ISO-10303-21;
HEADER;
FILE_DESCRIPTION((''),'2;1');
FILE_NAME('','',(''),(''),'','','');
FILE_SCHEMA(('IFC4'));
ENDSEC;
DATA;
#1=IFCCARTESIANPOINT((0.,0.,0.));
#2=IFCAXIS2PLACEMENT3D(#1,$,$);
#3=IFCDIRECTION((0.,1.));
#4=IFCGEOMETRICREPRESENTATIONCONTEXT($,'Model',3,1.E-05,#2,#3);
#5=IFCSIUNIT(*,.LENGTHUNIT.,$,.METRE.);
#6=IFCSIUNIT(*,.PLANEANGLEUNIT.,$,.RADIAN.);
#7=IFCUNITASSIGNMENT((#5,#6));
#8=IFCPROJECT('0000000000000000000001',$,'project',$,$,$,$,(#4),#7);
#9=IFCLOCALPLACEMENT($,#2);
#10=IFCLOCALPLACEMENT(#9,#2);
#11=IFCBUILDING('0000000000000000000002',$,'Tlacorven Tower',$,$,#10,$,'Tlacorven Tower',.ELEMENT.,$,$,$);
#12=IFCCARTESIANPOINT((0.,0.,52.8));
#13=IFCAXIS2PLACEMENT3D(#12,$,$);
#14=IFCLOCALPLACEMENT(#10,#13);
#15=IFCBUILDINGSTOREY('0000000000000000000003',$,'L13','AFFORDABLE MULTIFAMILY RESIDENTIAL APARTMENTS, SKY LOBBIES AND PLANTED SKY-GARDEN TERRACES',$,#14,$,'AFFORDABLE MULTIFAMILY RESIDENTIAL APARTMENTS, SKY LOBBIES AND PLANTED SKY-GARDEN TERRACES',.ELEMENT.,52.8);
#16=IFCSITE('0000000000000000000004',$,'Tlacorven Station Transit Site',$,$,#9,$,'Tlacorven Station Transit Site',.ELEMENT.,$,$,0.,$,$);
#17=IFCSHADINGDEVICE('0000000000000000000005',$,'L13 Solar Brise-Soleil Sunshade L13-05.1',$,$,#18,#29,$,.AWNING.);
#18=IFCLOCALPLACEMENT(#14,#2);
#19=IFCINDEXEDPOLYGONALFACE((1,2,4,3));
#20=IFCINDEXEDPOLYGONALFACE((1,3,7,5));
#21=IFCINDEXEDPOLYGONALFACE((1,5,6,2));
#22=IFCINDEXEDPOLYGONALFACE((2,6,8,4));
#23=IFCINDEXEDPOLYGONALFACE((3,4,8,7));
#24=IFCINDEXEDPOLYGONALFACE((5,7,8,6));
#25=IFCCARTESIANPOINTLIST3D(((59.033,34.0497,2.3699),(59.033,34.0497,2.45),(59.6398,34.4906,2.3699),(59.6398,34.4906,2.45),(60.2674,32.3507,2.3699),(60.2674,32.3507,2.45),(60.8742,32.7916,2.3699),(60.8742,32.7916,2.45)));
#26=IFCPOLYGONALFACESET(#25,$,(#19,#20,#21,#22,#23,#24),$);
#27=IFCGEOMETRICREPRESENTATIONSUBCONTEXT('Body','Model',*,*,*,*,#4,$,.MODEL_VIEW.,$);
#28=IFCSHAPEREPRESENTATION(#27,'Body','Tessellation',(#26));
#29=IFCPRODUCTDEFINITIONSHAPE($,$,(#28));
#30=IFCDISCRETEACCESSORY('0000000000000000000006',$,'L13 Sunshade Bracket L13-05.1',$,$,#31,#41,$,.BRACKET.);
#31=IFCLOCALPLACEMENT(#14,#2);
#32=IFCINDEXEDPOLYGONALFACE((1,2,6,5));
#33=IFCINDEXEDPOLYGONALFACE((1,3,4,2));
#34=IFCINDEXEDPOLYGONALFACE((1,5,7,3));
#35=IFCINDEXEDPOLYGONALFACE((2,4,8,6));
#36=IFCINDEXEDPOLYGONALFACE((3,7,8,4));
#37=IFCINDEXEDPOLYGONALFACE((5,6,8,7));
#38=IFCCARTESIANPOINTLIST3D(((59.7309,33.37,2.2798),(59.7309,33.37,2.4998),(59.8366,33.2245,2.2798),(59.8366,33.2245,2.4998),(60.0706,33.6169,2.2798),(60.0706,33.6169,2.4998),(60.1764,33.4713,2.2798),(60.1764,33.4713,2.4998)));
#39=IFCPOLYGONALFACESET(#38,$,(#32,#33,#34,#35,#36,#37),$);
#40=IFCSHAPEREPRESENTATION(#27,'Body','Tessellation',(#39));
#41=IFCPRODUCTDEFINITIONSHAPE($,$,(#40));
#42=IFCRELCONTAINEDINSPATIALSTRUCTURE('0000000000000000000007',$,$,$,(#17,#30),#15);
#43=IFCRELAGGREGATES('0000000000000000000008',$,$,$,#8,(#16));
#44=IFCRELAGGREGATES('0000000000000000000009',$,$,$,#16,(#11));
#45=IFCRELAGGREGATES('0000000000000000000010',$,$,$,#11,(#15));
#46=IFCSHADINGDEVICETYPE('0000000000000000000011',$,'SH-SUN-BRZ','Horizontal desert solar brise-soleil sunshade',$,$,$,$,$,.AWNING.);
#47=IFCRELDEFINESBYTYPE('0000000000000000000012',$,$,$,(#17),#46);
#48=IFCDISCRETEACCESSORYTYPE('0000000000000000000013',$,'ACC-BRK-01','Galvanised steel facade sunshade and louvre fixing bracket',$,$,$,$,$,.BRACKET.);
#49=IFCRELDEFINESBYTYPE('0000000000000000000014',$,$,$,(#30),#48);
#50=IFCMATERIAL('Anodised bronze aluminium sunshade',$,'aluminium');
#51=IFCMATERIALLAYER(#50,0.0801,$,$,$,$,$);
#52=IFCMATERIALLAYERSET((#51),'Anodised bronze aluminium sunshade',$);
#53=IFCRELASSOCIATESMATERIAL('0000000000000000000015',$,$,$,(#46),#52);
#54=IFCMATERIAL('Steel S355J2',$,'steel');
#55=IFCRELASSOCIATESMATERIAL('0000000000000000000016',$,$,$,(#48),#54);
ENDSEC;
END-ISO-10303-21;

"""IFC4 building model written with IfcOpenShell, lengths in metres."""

from ifc_helpers import new_model, si_unit, direction, frame, origin, origin_2d, place, context, subcontext, project, spatial, rectangle, extrude, source, transform, mapped, material, layer, layer_set, type_object, element, save


model = new_model("IFC4")

# Units and contexts
model_context = context("Model", 3, precision=1e-05, world=origin(), true_north=direction((0.0, 1.0)))
body_context = subcontext(model_context, "Body", "Model", "MODEL_VIEW")
ifc_project = project(units=[si_unit("LENGTHUNIT", "METRE"), si_unit("PLANEANGLEUNIT", "RADIAN")], contexts=[model_context])

# Site, building, storey
site_placement = place(None, origin())
site = spatial("IfcSite", under=ifc_project, at=site_placement, Name="Tlacorven Station Transit Site", LongName="Tlacorven Station Transit Site", CompositionType="ELEMENT", RefElevation=0.0)
building_placement = place(site_placement, origin())
building = spatial("IfcBuilding", under=site, at=building_placement, Name="Tlacorven Tower", LongName="Tlacorven Tower", CompositionType="ELEMENT")
storey_placement = place(building_placement, frame((0.0, 0.0, 52.8)))
storey = spatial("IfcBuildingStorey", under=building, at=storey_placement, Name="L13", Description="AFFORDABLE MULTIFAMILY RESIDENTIAL APARTMENTS, SKY LOBBIES AND PLANTED SKY-GARDEN TERRACES", LongName="AFFORDABLE MULTIFAMILY RESIDENTIAL APARTMENTS, SKY LOBBIES AND PLANTED SKY-GARDEN TERRACES", CompositionType="ELEMENT", Elevation=52.8)

# Shared definitions
ifc_material_1 = material(Name="Steel S355J2", Category="steel")

# Shading device
ifc_material_2 = material(Name="Anodised bronze aluminium sunshade", Category="aluminium")
ifc_layer_1 = layer(ifc_material_2, 0.0801)
ifc_layer_set_1 = layer_set([ifc_layer_1], Name="Anodised bronze aluminium sunshade")
shading_device_type = type_object("IfcShadingDeviceType", Name="SH-SUN-BRZ", Description="Horizontal desert solar brise-soleil sunshade", PredefinedType="AWNING", material=ifc_layer_set_1)
shared_shape_1 = source(origin(), body_context, "Body", "SweptSolid", [
    extrude(rectangle(XDim=2.1001, YDim=0.75, at=origin_2d()), origin(), (0.0, 0.0, 1.0), 0.0801),
])
shading_device_placement = place(storey_placement, frame((59.9536, 33.4207, 2.3699), z_axis=(0.0, 0.0, 1.0), x_axis=(0.587785, -0.809017, 0.0)))
element("IfcShadingDevice", 1, at=shading_device_placement, inside=storey, type_object=shading_device_type, Name="L13 Solar Brise-Soleil Sunshade L13-05.1", PredefinedType="AWNING", context=body_context, shape_type="MappedRepresentation", body=[
    mapped(shared_shape_1, transform((0.0, 0.0, 0.0), scale=1.0)),
])

# Discrete accessory
discrete_accessory_type = type_object("IfcDiscreteAccessoryType", Name="ACC-BRK-01", Description="Galvanised steel facade sunshade and louvre fixing bracket", PredefinedType="BRACKET", material=ifc_material_1)
shared_shape_2 = source(origin(), body_context, "Body", "SweptSolid", [
    extrude(rectangle(XDim=0.1799, YDim=0.4199, at=origin_2d()), origin(), (0.0, 0.0, 1.0), 0.22),
])
discrete_accessory_placement = place(storey_placement, frame((59.9536, 33.4207, 2.2798), z_axis=(0.0, 0.0, 1.0), x_axis=(0.587785, -0.809017, 0.0)))
element("IfcDiscreteAccessory", 2, at=discrete_accessory_placement, inside=storey, type_object=discrete_accessory_type, Name="L13 Sunshade Bracket L13-05.1", PredefinedType="BRACKET", context=body_context, shape_type="MappedRepresentation", body=[
    mapped(shared_shape_2, transform((0.0, 0.0, 0.0), scale=1.0)),
])

save(model, "model.ifc")
